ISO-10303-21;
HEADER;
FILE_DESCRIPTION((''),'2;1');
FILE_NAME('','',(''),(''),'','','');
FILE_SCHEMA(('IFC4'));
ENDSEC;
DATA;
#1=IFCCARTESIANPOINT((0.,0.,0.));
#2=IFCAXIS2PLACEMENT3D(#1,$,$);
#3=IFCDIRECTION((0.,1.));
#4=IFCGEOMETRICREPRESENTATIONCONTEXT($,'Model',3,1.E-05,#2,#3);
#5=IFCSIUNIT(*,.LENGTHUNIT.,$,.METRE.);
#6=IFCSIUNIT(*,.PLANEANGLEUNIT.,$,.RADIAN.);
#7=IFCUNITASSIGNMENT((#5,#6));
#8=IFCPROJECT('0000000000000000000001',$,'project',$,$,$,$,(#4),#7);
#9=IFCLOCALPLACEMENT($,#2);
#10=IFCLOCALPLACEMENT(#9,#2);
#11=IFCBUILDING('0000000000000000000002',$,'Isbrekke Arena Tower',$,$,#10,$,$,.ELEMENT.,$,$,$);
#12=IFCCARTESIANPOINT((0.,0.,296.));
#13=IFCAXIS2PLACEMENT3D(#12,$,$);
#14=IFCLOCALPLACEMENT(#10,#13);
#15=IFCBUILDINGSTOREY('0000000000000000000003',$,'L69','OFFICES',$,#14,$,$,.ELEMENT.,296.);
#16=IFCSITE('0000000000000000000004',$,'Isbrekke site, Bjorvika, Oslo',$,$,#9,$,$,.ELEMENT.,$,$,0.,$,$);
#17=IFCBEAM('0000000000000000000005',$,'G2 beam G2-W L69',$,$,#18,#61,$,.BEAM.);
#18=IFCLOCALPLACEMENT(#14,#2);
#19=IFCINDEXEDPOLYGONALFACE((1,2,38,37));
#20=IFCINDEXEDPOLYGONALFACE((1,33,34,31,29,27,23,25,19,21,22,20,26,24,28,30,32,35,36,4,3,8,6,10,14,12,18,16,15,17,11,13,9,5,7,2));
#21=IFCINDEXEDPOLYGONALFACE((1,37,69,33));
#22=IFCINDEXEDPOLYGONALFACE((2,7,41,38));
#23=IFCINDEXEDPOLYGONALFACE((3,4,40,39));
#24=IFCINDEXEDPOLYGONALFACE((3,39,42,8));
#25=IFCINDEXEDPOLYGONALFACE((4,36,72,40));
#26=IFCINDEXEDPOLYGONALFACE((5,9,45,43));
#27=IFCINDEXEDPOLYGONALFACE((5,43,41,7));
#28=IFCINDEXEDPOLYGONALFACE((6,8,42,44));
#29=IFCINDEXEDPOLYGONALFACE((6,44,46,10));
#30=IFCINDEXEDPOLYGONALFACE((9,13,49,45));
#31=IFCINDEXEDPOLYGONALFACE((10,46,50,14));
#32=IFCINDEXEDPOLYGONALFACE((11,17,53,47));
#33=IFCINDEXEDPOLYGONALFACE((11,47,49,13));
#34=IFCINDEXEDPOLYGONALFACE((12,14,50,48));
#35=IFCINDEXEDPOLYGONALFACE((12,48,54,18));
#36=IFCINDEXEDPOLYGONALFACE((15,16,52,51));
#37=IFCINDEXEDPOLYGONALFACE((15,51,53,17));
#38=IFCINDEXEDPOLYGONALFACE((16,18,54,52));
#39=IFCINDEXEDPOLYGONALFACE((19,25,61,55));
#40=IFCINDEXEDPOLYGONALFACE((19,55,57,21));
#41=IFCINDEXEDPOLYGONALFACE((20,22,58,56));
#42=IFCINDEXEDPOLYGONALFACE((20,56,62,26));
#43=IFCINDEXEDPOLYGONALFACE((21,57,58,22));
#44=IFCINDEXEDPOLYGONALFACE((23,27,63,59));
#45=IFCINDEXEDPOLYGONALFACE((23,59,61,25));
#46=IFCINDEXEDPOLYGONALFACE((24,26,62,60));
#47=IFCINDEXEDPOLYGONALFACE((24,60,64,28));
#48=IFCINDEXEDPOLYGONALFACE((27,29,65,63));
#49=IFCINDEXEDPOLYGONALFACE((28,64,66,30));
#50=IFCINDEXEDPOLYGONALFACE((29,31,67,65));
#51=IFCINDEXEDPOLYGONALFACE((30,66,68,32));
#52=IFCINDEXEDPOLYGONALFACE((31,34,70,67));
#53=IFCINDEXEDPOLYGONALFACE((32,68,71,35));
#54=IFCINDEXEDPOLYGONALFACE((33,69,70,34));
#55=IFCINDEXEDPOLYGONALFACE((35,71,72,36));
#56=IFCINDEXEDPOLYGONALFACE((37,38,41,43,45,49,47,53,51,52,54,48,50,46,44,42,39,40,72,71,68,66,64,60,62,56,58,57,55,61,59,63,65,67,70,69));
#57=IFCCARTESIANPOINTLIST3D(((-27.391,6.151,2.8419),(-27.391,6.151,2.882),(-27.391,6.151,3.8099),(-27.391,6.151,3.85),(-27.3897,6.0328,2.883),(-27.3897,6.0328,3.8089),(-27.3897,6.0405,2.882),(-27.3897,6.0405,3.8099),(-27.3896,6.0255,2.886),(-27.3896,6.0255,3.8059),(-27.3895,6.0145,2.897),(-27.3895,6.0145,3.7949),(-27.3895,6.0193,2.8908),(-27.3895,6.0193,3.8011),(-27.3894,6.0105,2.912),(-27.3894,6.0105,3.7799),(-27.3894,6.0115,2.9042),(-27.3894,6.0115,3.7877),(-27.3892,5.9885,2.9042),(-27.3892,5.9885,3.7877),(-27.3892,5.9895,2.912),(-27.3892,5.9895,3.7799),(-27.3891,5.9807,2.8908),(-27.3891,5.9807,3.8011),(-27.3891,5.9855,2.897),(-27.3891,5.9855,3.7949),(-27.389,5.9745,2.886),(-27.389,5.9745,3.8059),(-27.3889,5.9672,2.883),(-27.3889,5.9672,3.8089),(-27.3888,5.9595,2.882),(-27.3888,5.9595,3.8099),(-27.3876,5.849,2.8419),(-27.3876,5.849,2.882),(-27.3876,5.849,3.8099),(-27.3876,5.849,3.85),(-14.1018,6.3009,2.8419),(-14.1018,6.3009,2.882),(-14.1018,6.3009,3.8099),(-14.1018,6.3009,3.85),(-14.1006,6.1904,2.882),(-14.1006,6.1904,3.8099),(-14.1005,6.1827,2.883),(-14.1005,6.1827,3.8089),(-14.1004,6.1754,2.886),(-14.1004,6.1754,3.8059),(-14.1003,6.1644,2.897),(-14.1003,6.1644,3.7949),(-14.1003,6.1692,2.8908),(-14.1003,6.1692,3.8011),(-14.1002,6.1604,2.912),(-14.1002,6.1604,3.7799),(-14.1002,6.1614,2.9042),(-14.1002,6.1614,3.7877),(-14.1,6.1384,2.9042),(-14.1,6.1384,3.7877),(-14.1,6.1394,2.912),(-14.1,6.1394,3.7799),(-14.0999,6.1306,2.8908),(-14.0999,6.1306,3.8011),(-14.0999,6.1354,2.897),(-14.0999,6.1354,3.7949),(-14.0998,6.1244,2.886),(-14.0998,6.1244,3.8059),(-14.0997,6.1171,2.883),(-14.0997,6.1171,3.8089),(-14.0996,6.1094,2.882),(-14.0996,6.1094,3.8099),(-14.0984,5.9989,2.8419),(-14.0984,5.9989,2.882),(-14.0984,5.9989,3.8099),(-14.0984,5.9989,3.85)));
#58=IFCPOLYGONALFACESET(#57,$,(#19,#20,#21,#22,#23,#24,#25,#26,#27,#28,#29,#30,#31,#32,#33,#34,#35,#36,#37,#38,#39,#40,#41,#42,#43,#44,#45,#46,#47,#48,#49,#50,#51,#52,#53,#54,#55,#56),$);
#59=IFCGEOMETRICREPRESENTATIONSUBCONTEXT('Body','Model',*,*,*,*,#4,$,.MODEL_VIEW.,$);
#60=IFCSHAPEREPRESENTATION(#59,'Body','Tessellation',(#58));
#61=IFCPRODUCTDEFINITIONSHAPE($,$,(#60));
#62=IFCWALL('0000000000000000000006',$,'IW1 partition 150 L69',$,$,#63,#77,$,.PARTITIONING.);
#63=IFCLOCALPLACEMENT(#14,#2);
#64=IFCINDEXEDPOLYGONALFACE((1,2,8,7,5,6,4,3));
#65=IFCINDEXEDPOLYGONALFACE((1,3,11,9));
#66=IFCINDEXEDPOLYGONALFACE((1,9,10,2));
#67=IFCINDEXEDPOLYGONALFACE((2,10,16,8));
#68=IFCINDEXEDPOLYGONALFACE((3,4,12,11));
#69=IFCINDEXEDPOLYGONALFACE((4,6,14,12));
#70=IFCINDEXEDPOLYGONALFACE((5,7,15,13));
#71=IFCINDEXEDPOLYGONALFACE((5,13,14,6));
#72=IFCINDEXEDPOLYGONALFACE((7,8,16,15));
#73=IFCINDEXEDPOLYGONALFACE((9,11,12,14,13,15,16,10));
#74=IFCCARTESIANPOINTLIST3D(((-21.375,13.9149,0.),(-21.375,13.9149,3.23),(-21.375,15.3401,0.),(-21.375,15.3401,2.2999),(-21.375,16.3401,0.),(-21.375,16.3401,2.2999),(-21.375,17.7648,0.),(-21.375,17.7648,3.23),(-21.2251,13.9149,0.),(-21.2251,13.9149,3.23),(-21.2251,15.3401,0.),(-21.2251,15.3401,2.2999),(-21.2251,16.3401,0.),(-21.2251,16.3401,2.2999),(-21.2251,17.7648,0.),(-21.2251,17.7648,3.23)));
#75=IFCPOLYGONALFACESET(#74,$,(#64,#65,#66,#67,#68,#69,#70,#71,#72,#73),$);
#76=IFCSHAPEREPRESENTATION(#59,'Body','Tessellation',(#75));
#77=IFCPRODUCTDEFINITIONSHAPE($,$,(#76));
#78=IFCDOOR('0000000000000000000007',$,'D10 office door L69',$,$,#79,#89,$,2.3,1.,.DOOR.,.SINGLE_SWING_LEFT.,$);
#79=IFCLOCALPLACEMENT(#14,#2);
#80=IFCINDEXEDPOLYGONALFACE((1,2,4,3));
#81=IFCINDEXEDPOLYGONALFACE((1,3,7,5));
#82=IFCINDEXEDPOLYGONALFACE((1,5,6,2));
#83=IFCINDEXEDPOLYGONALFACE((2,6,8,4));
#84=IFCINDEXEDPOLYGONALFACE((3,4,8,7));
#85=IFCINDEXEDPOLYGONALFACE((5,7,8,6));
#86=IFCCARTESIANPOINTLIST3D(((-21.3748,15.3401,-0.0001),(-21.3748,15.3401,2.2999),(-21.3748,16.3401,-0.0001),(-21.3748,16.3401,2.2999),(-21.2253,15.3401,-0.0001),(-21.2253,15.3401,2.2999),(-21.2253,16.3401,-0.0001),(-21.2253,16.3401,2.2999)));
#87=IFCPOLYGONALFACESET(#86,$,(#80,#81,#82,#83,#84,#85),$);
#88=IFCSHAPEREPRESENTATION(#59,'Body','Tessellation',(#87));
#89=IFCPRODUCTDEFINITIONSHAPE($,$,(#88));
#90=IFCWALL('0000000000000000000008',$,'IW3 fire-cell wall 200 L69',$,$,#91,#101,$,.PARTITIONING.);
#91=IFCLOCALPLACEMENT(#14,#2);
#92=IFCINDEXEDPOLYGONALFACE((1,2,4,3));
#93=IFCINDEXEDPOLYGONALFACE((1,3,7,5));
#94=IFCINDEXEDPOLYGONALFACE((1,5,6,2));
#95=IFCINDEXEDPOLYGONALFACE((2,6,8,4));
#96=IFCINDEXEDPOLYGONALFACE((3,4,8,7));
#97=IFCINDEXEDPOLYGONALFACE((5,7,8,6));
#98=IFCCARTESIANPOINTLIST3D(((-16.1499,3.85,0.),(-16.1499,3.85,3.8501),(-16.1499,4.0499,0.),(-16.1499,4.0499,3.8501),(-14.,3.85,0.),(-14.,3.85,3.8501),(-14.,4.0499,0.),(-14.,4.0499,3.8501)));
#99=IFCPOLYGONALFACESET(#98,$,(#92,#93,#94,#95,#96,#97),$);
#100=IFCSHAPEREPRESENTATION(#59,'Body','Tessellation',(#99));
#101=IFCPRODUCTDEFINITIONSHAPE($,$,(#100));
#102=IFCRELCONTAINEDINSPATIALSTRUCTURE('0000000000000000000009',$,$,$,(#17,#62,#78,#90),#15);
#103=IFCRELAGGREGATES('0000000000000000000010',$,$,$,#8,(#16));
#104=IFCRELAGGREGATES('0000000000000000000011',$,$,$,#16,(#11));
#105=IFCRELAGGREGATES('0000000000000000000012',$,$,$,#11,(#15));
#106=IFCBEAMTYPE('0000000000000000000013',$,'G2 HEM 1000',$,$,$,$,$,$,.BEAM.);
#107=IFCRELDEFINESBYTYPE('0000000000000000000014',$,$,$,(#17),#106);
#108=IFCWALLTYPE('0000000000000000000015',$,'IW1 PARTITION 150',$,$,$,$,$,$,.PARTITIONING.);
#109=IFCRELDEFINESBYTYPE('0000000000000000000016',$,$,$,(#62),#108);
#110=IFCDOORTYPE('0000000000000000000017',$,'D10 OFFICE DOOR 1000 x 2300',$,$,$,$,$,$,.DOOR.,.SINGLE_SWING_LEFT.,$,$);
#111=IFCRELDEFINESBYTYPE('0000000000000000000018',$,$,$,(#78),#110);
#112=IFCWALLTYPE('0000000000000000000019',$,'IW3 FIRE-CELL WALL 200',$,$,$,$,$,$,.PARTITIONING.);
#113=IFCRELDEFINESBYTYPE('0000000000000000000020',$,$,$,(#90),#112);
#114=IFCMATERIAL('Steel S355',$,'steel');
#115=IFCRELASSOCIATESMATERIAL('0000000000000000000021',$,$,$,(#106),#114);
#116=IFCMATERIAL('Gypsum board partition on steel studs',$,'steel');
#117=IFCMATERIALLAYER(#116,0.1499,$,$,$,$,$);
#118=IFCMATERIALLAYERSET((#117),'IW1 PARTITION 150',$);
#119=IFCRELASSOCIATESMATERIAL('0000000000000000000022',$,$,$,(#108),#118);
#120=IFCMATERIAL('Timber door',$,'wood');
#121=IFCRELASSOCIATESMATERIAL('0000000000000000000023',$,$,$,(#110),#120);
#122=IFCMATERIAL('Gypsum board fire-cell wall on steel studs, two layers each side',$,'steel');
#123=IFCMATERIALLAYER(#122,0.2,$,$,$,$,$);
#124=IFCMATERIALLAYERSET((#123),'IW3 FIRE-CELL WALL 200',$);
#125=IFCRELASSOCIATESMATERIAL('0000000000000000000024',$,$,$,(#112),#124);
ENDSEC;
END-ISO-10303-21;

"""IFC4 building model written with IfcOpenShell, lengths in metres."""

from ifc_helpers import new_model, si_unit, direction, frame, frame_2d, origin, origin_2d, place, context, subcontext, project, spatial, rectangle, i_section, extrude, material, layer, layer_set, material_profile, profile_set, type_object, element, fill, save


model = new_model("IFC4")

# Units and contexts
model_context = context("Model", 3, precision=1e-05, world=origin(), true_north=direction((0.0, 1.0)))
body_context = subcontext(model_context, "Body", "Model", "MODEL_VIEW")
ifc_project = project(units=[si_unit("LENGTHUNIT", "METRE"), si_unit("PLANEANGLEUNIT", "RADIAN")], contexts=[model_context])

# Site, building, storey
site_placement = place(None, origin())
site = spatial("IfcSite", under=ifc_project, at=site_placement, Name="Isbrekke site, Bjorvika, Oslo", CompositionType="ELEMENT", RefElevation=0.0)
building_placement = place(site_placement, origin())
building = spatial("IfcBuilding", under=site, at=building_placement, Name="Isbrekke Arena Tower", CompositionType="ELEMENT")
storey_placement = place(building_placement, frame((0.0, 0.0, 296.0)))
storey = spatial("IfcBuildingStorey", under=building, at=storey_placement, Name="L69", Description="OFFICES", CompositionType="ELEMENT", Elevation=296.0)

# Beam
ifc_material_1 = material(Name="Steel S355", Category="steel")
ifc_material_profile = material_profile(ifc_material_1, i_section(OverallWidth=0.302, OverallDepth=1.0081, WebThickness=0.021, FlangeThickness=0.04, FilletRadius=0.03, at=origin_2d()), Name="HEM 1000")
ifc_profile_set = profile_set([ifc_material_profile], Name="Steel S355")
beam_type = type_object("IfcBeamType", Name="G2 HEM 1000", PredefinedType="BEAM", material=ifc_profile_set)
beam_placement = place(storey_placement, frame((-14.1001, 6.1499, 3.3459), z_axis=(-0.999936, -0.011279, 0.0), x_axis=(0.011279, -0.999936, 0.0)))
element("IfcBeam", 1, at=beam_placement, inside=storey, type_object=beam_type, Name="G2 beam G2-W L69", PredefinedType="BEAM", context=body_context, shape_type="SweptSolid", body=[
    extrude(i_section(OverallWidth=0.302, OverallDepth=1.0081, WebThickness=0.021, FlangeThickness=0.04, FilletRadius=0.03, at=origin_2d()), origin(), (0.0, 0.0, 1.0), 13.29),
])

# Wall, opening, door
ifc_material_2 = material(Name="Gypsum board partition on steel studs", Category="steel")
ifc_layer_1 = layer(ifc_material_2, 0.1499)
ifc_layer_set_1 = layer_set([ifc_layer_1], Name="IW1 PARTITION 150")
wall_type_1 = type_object("IfcWallType", Name="IW1 PARTITION 150", PredefinedType="PARTITIONING", material=ifc_layer_set_1)
wall_1_placement = place(storey_placement, frame((-21.3, 13.915, 0.0), z_axis=(0.0, 0.0, 1.0), x_axis=(0.0, 1.0, 0.0)))
wall_1 = element("IfcWall", 2, at=wall_1_placement, inside=storey, type_object=wall_type_1, Name="IW1 partition 150 L69", PredefinedType="PARTITIONING", context=body_context, shape_type="SweptSolid", body=[
    extrude(rectangle(XDim=3.8499, YDim=0.1499, at=frame_2d((1.9248, 0.0))), origin(), (0.0, 0.0, 1.0), 3.23),
])
opening_1_placement = place(wall_1_placement, frame((1.425, 0.0, 0.0)))
opening_1 = element("IfcOpeningElement", 3, at=opening_1_placement, cuts=wall_1, PredefinedType="OPENING", context=body_context, shape_type="SweptSolid", body=[
    extrude(rectangle(XDim=1.0, YDim=2.3, at=frame_2d((0.5, 1.1499))), frame((0.0, 0.0898, 0.0), z_axis=(0.0, -1.0, 0.0), x_axis=(1.0, 0.0, 0.0)), (0.0, 0.0, 1.0), 0.1797),
])
ifc_material_3 = material(Name="Timber door", Category="wood")
door_type_1 = type_object("IfcDoorType", Name="D10 OFFICE DOOR 1000 x 2300", OperationType="SINGLE_SWING_LEFT", PredefinedType="DOOR", material=ifc_material_3)
door_1_placement = place(opening_1_placement, origin())
door_1 = element("IfcDoor", 4, at=door_1_placement, inside=storey, type_object=door_type_1, Name="D10 office door L69", OperationType="SINGLE_SWING_LEFT", OverallHeight=2.3, OverallWidth=1.0, PredefinedType="DOOR", context=body_context, shape_type="SweptSolid", body=[
    extrude(rectangle(XDim=1.0, YDim=2.3, at=frame_2d((0.5, 1.1499))), frame((0.0, 0.0747, 0.0), z_axis=(0.0, -1.0, 0.0), x_axis=(1.0, 0.0, 0.0)), (0.0, 0.0, 1.0), 0.1494),
])
fill(opening_1, door_1)

# Wall
ifc_material_4 = material(Name="Gypsum board fire-cell wall on steel studs, two layers each side", Category="steel")
ifc_layer_2 = layer(ifc_material_4, 0.2)
ifc_layer_set_2 = layer_set([ifc_layer_2], Name="IW3 FIRE-CELL WALL 200")
wall_type_2 = type_object("IfcWallType", Name="IW3 FIRE-CELL WALL 200", PredefinedType="PARTITIONING", material=ifc_layer_set_2)
wall_2_placement = place(storey_placement, frame((-16.1499, 3.95, 0.0), z_axis=(0.0, 0.0, 1.0), x_axis=(1.0, 0.0, 0.0)))
element("IfcWall", 5, at=wall_2_placement, inside=storey, type_object=wall_type_2, Name="IW3 fire-cell wall 200 L69", PredefinedType="PARTITIONING", context=body_context, shape_type="SweptSolid", body=[
    extrude(rectangle(XDim=2.1499, YDim=0.2, at=frame_2d((1.075, 0.0))), origin(), (0.0, 0.0, 1.0), 3.8501),
])

save(model, "model.ifc")
